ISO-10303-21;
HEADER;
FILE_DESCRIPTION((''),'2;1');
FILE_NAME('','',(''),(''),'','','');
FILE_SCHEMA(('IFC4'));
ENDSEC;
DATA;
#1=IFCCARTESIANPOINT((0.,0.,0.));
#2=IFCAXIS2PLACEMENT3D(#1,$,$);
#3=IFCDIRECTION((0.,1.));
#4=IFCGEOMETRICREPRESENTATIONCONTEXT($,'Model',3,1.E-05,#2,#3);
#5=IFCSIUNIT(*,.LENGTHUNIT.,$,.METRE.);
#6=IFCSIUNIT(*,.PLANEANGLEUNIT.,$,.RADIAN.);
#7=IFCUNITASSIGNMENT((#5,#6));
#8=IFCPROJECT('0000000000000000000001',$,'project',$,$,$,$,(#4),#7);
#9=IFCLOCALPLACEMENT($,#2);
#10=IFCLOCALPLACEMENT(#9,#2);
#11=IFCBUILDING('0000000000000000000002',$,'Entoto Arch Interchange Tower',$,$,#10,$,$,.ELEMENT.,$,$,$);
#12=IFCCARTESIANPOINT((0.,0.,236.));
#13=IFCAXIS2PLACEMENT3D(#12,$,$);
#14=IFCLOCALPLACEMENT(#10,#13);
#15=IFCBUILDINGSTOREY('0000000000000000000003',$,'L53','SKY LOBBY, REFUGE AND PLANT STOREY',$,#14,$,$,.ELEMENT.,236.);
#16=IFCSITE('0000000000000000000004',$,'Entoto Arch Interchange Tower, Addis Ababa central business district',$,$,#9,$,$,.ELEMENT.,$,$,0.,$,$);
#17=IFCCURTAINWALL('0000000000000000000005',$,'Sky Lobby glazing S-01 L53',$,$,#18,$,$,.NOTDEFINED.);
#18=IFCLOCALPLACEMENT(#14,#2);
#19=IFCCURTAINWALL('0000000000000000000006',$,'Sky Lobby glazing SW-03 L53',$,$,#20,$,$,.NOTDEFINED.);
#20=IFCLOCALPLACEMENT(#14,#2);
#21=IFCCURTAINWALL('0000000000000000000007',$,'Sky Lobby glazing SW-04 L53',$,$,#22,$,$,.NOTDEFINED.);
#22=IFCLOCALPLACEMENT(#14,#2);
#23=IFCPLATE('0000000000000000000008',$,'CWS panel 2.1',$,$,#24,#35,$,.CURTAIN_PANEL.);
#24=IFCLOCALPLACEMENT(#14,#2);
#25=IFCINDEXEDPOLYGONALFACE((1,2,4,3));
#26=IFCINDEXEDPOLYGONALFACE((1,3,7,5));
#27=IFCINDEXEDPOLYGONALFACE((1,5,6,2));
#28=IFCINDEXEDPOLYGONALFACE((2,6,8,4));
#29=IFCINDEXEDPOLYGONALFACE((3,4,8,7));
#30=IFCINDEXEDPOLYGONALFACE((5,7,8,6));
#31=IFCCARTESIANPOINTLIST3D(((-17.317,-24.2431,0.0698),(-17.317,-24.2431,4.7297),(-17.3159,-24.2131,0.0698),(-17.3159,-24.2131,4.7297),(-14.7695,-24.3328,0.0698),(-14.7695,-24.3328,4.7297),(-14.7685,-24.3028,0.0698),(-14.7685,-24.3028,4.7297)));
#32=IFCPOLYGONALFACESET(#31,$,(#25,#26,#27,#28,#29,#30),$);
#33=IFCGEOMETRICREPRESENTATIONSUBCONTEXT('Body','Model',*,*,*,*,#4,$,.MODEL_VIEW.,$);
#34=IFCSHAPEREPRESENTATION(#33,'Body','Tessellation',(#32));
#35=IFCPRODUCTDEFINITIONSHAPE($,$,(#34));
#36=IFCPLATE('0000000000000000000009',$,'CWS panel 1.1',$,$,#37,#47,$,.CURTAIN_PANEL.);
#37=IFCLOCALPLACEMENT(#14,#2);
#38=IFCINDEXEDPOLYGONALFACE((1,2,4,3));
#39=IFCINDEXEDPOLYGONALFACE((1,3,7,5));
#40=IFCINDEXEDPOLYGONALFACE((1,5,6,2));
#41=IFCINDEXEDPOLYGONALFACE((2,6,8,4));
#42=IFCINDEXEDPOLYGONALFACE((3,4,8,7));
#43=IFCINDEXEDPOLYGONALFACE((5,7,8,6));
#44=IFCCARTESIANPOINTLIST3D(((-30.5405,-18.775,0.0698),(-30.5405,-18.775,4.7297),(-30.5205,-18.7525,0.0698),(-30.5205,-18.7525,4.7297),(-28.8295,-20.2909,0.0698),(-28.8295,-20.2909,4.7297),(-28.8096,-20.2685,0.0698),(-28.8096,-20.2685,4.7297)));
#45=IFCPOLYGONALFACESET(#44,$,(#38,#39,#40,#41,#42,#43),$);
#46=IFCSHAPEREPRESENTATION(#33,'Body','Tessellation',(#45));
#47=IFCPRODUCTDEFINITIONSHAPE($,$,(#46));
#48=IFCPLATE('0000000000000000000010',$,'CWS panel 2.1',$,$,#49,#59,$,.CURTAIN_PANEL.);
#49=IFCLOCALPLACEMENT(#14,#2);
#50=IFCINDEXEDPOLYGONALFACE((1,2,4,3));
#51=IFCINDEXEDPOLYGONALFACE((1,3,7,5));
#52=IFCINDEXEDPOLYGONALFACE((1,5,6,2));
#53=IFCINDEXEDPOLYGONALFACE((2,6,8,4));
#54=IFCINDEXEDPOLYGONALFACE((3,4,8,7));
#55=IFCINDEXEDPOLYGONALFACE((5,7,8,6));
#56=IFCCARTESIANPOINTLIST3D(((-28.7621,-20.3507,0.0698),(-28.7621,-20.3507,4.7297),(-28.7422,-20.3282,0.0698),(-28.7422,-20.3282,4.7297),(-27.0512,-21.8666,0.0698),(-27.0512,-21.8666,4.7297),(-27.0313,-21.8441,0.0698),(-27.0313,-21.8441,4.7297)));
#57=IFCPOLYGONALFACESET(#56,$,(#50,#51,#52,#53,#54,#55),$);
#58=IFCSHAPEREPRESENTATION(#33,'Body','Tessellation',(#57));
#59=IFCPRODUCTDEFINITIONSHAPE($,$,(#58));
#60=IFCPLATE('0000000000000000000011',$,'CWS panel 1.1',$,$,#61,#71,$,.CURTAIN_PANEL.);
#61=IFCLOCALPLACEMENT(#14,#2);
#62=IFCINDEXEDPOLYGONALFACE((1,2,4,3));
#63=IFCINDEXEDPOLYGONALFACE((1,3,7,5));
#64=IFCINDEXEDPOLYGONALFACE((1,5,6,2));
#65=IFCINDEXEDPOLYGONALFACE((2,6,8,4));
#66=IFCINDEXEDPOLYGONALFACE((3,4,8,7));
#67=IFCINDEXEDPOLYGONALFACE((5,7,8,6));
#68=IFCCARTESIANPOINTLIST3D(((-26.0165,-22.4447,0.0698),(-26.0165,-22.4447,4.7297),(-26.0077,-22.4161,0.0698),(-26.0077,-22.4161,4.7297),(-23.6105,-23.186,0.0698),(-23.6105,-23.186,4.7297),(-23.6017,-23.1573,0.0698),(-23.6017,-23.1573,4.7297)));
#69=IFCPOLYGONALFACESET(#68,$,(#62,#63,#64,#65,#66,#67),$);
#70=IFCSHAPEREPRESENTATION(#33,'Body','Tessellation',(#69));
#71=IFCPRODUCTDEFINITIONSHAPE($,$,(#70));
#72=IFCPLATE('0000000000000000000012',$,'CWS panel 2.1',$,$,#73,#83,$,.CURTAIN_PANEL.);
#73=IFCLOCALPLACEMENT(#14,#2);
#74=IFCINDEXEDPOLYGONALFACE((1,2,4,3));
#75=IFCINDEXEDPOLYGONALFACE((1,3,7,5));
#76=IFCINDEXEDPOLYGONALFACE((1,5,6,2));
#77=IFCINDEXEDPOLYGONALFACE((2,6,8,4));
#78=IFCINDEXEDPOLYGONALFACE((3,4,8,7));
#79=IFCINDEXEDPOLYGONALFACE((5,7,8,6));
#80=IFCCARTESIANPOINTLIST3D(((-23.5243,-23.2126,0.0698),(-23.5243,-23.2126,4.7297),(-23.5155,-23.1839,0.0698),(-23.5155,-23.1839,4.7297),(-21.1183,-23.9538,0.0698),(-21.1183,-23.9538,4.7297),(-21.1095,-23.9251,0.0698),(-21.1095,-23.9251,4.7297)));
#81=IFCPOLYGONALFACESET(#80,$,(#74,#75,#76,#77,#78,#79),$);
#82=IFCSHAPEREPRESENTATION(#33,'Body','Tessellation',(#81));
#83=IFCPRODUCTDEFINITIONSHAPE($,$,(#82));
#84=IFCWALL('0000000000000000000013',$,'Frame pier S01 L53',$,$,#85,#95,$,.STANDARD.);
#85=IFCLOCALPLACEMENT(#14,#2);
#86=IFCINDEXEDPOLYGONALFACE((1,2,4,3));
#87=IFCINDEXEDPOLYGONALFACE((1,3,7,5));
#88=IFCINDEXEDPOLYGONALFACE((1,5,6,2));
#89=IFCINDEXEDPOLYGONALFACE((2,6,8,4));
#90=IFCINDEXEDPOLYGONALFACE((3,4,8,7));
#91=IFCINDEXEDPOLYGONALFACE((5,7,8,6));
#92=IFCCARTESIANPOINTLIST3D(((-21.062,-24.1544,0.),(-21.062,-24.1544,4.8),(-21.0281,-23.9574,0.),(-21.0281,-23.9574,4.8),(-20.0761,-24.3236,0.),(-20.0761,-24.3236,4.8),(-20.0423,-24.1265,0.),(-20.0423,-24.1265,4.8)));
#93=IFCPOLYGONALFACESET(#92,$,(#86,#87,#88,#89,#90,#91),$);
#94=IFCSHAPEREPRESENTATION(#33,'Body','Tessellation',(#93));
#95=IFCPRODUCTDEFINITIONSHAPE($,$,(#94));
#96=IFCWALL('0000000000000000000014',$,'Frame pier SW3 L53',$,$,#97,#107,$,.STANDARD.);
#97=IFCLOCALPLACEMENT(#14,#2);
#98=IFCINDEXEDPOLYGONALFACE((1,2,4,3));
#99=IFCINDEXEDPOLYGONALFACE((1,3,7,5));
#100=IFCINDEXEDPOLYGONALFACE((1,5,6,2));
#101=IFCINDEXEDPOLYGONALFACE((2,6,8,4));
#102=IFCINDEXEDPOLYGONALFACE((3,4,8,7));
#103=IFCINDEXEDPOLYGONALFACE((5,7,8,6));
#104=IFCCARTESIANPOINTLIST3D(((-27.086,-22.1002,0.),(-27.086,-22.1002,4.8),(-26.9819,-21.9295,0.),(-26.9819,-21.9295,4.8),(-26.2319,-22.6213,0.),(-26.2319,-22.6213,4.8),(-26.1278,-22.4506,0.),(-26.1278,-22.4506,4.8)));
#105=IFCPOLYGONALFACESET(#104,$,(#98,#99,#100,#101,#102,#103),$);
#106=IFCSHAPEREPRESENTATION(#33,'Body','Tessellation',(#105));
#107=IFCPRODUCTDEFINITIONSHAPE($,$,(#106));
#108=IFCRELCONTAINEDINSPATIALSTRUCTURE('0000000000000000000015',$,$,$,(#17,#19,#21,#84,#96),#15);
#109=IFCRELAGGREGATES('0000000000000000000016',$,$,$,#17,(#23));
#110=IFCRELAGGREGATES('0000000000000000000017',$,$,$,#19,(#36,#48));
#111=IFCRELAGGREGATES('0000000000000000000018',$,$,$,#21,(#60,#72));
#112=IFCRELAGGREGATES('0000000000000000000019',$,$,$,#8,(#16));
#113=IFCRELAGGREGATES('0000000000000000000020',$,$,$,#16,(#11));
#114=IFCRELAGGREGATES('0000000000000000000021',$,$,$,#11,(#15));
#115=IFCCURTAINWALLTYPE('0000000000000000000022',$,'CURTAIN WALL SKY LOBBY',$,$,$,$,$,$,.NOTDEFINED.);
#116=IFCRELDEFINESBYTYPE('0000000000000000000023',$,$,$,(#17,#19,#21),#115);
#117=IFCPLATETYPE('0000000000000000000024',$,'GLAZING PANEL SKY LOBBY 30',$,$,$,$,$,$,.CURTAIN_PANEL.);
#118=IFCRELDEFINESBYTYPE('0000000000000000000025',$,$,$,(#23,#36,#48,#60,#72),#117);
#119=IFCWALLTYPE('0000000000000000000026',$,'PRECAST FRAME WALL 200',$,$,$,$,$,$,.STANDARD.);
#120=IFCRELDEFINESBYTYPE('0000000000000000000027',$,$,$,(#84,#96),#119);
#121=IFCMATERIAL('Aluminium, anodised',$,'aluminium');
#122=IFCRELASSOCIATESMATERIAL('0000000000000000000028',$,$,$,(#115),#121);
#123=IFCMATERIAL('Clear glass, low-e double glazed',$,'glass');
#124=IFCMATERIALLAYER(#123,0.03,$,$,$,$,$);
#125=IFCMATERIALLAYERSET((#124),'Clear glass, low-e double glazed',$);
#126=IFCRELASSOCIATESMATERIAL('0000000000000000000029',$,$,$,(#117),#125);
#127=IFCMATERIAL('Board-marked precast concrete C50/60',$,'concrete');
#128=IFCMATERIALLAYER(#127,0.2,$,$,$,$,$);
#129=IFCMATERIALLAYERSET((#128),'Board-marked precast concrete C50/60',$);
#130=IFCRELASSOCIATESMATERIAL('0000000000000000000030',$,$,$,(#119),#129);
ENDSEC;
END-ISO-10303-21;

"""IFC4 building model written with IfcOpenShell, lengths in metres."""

from ifc_helpers import new_model, si_unit, direction, frame, frame_2d, origin, origin_2d, place, context, subcontext, project, spatial, rectangle, extrude, material, layer, layer_set, type_object, element, aggregate, save


model = new_model("IFC4")

# Units and contexts
model_context = context("Model", 3, precision=1e-05, world=origin(), true_north=direction((0.0, 1.0)))
body_context = subcontext(model_context, "Body", "Model", "MODEL_VIEW")
ifc_project = project(units=[si_unit("LENGTHUNIT", "METRE"), si_unit("PLANEANGLEUNIT", "RADIAN")], contexts=[model_context])

# Site, building, storey
site_placement = place(None, origin())
site = spatial("IfcSite", under=ifc_project, at=site_placement, Name="Entoto Arch Interchange Tower, Addis Ababa central business district", CompositionType="ELEMENT", RefElevation=0.0)
building_placement = place(site_placement, origin())
building = spatial("IfcBuilding", under=site, at=building_placement, Name="Entoto Arch Interchange Tower", CompositionType="ELEMENT")
storey_placement = place(building_placement, frame((0.0, 0.0, 236.0)))
storey = spatial("IfcBuildingStorey", under=building, at=storey_placement, Name="L53", Description="SKY LOBBY, REFUGE AND PLANT STOREY", CompositionType="ELEMENT", Elevation=236.0)

# Curtain walls
ifc_material_1 = material(Name="Aluminium, anodised", Category="aluminium")
curtain_wall_type = type_object("IfcCurtainWallType", Name="CURTAIN WALL SKY LOBBY", PredefinedType="NOTDEFINED", material=ifc_material_1)
curtain_wall_1_placement = place(storey_placement, origin())
curtain_wall_1 = element("IfcCurtainWall", 1, at=curtain_wall_1_placement, inside=storey, type_object=curtain_wall_type, Name="Sky Lobby glazing S-01 L53", PredefinedType="NOTDEFINED")
curtain_wall_2_placement = place(storey_placement, origin())
curtain_wall_2 = element("IfcCurtainWall", 2, at=curtain_wall_2_placement, inside=storey, type_object=curtain_wall_type, Name="Sky Lobby glazing SW-03 L53", PredefinedType="NOTDEFINED")
curtain_wall_3_placement = place(storey_placement, origin())
curtain_wall_3 = element("IfcCurtainWall", 3, at=curtain_wall_3_placement, inside=storey, type_object=curtain_wall_type, Name="Sky Lobby glazing SW-04 L53", PredefinedType="NOTDEFINED")

# Plates
ifc_material_2 = material(Name="Clear glass, low-e double glazed", Category="glass")
ifc_layer_1 = layer(ifc_material_2, 0.03)
ifc_layer_set_1 = layer_set([ifc_layer_1], Name="Clear glass, low-e double glazed")
plate_type = type_object("IfcPlateType", Name="GLAZING PANEL SKY LOBBY 30", PredefinedType="CURTAIN_PANEL", material=ifc_layer_set_1)
plate_1_placement = place(storey_placement, frame((-16.0427, -24.2729, 0.0698), z_axis=(0.0, 0.0, 1.0), x_axis=(0.99938, -0.035206, 0.0)))
plate_1 = element("IfcPlate", 4, at=plate_1_placement, type_object=plate_type, Name="CWS panel 2.1", PredefinedType="CURTAIN_PANEL", context=body_context, shape_type="SweptSolid", body=[
    extrude(rectangle(XDim=2.5491, YDim=0.03, at=origin_2d()), origin(), (0.0, 0.0, 1.0), 4.6599),
])
aggregate(curtain_wall_1, [plate_1])
plate_2_placement = place(storey_placement, frame((-29.675, -19.5217, 0.0698), z_axis=(0.0, 0.0, 1.0), x_axis=(0.748468, -0.663171, 0.0)))
plate_2 = element("IfcPlate", 5, at=plate_2_placement, type_object=plate_type, Name="CWS panel 1.1", PredefinedType="CURTAIN_PANEL", context=body_context, shape_type="SweptSolid", body=[
    extrude(rectangle(XDim=2.2859, YDim=0.03, at=origin_2d()), origin(), (0.0, 0.0, 1.0), 4.6599),
])
plate_3_placement = place(storey_placement, frame((-27.8967, -21.0974, 0.0698), z_axis=(0.0, 0.0, 1.0), x_axis=(0.748468, -0.663171, 0.0)))
plate_3 = element("IfcPlate", 6, at=plate_3_placement, type_object=plate_type, Name="CWS panel 2.1", PredefinedType="CURTAIN_PANEL", context=body_context, shape_type="SweptSolid", body=[
    extrude(rectangle(XDim=2.2859, YDim=0.03, at=origin_2d()), origin(), (0.0, 0.0, 1.0), 4.6599),
])
aggregate(curtain_wall_2, [plate_2, plate_3])
plate_4_placement = place(storey_placement, frame((-24.8091, -22.801, 0.0698), z_axis=(0.0, 0.0, 1.0), x_axis=(0.955673, -0.29443, 0.0)))
plate_4 = element("IfcPlate", 7, at=plate_4_placement, type_object=plate_type, Name="CWS panel 1.1", PredefinedType="CURTAIN_PANEL", context=body_context, shape_type="SweptSolid", body=[
    extrude(rectangle(XDim=2.5176, YDim=0.03, at=origin_2d()), origin(), (0.0, 0.0, 1.0), 4.6599),
])
plate_5_placement = place(storey_placement, frame((-22.3169, -23.5688, 0.0698), z_axis=(0.0, 0.0, 1.0), x_axis=(0.955673, -0.29443, 0.0)))
plate_5 = element("IfcPlate", 8, at=plate_5_placement, type_object=plate_type, Name="CWS panel 2.1", PredefinedType="CURTAIN_PANEL", context=body_context, shape_type="SweptSolid", body=[
    extrude(rectangle(XDim=2.5176, YDim=0.03, at=origin_2d()), origin(), (0.0, 0.0, 1.0), 4.6599),
])
aggregate(curtain_wall_3, [plate_4, plate_5])

# Walls
ifc_material_3 = material(Name="Board-marked precast concrete C50/60", Category="concrete")
ifc_layer_2 = layer(ifc_material_3, 0.2)
ifc_layer_set_2 = layer_set([ifc_layer_2], Name="Board-marked precast concrete C50/60")
wall_type = type_object("IfcWallType", Name="PRECAST FRAME WALL 200", PredefinedType="STANDARD", material=ifc_layer_set_2)
wall_1_placement = place(storey_placement, frame((-21.0449, -24.0559, 0.0), z_axis=(0.0, 0.0, 1.0), x_axis=(0.985591, -0.169147, 0.0)))
element("IfcWall", 9, at=wall_1_placement, inside=storey, type_object=wall_type, Name="Frame pier S01 L53", PredefinedType="STANDARD", context=body_context, shape_type="SweptSolid", body=[
    extrude(rectangle(XDim=1.0002, YDim=0.2, at=frame_2d((0.5, 0.0))), origin(), (0.0, 0.0, 1.0), 4.8),
])
wall_2_placement = place(storey_placement, frame((-27.0339, -22.0149, 0.0), z_axis=(0.0, 0.0, 1.0), x_axis=(0.85368, -0.520798, 0.0)))
element("IfcWall", 10, at=wall_2_placement, inside=storey, type_object=wall_type, Name="Frame pier SW3 L53", PredefinedType="STANDARD", context=body_context, shape_type="SweptSolid", body=[
    extrude(rectangle(XDim=1.0005, YDim=0.2, at=frame_2d((0.5002, 0.0))), origin(), (0.0, 0.0, 1.0), 4.8),
])

save(model, "model.ifc")
